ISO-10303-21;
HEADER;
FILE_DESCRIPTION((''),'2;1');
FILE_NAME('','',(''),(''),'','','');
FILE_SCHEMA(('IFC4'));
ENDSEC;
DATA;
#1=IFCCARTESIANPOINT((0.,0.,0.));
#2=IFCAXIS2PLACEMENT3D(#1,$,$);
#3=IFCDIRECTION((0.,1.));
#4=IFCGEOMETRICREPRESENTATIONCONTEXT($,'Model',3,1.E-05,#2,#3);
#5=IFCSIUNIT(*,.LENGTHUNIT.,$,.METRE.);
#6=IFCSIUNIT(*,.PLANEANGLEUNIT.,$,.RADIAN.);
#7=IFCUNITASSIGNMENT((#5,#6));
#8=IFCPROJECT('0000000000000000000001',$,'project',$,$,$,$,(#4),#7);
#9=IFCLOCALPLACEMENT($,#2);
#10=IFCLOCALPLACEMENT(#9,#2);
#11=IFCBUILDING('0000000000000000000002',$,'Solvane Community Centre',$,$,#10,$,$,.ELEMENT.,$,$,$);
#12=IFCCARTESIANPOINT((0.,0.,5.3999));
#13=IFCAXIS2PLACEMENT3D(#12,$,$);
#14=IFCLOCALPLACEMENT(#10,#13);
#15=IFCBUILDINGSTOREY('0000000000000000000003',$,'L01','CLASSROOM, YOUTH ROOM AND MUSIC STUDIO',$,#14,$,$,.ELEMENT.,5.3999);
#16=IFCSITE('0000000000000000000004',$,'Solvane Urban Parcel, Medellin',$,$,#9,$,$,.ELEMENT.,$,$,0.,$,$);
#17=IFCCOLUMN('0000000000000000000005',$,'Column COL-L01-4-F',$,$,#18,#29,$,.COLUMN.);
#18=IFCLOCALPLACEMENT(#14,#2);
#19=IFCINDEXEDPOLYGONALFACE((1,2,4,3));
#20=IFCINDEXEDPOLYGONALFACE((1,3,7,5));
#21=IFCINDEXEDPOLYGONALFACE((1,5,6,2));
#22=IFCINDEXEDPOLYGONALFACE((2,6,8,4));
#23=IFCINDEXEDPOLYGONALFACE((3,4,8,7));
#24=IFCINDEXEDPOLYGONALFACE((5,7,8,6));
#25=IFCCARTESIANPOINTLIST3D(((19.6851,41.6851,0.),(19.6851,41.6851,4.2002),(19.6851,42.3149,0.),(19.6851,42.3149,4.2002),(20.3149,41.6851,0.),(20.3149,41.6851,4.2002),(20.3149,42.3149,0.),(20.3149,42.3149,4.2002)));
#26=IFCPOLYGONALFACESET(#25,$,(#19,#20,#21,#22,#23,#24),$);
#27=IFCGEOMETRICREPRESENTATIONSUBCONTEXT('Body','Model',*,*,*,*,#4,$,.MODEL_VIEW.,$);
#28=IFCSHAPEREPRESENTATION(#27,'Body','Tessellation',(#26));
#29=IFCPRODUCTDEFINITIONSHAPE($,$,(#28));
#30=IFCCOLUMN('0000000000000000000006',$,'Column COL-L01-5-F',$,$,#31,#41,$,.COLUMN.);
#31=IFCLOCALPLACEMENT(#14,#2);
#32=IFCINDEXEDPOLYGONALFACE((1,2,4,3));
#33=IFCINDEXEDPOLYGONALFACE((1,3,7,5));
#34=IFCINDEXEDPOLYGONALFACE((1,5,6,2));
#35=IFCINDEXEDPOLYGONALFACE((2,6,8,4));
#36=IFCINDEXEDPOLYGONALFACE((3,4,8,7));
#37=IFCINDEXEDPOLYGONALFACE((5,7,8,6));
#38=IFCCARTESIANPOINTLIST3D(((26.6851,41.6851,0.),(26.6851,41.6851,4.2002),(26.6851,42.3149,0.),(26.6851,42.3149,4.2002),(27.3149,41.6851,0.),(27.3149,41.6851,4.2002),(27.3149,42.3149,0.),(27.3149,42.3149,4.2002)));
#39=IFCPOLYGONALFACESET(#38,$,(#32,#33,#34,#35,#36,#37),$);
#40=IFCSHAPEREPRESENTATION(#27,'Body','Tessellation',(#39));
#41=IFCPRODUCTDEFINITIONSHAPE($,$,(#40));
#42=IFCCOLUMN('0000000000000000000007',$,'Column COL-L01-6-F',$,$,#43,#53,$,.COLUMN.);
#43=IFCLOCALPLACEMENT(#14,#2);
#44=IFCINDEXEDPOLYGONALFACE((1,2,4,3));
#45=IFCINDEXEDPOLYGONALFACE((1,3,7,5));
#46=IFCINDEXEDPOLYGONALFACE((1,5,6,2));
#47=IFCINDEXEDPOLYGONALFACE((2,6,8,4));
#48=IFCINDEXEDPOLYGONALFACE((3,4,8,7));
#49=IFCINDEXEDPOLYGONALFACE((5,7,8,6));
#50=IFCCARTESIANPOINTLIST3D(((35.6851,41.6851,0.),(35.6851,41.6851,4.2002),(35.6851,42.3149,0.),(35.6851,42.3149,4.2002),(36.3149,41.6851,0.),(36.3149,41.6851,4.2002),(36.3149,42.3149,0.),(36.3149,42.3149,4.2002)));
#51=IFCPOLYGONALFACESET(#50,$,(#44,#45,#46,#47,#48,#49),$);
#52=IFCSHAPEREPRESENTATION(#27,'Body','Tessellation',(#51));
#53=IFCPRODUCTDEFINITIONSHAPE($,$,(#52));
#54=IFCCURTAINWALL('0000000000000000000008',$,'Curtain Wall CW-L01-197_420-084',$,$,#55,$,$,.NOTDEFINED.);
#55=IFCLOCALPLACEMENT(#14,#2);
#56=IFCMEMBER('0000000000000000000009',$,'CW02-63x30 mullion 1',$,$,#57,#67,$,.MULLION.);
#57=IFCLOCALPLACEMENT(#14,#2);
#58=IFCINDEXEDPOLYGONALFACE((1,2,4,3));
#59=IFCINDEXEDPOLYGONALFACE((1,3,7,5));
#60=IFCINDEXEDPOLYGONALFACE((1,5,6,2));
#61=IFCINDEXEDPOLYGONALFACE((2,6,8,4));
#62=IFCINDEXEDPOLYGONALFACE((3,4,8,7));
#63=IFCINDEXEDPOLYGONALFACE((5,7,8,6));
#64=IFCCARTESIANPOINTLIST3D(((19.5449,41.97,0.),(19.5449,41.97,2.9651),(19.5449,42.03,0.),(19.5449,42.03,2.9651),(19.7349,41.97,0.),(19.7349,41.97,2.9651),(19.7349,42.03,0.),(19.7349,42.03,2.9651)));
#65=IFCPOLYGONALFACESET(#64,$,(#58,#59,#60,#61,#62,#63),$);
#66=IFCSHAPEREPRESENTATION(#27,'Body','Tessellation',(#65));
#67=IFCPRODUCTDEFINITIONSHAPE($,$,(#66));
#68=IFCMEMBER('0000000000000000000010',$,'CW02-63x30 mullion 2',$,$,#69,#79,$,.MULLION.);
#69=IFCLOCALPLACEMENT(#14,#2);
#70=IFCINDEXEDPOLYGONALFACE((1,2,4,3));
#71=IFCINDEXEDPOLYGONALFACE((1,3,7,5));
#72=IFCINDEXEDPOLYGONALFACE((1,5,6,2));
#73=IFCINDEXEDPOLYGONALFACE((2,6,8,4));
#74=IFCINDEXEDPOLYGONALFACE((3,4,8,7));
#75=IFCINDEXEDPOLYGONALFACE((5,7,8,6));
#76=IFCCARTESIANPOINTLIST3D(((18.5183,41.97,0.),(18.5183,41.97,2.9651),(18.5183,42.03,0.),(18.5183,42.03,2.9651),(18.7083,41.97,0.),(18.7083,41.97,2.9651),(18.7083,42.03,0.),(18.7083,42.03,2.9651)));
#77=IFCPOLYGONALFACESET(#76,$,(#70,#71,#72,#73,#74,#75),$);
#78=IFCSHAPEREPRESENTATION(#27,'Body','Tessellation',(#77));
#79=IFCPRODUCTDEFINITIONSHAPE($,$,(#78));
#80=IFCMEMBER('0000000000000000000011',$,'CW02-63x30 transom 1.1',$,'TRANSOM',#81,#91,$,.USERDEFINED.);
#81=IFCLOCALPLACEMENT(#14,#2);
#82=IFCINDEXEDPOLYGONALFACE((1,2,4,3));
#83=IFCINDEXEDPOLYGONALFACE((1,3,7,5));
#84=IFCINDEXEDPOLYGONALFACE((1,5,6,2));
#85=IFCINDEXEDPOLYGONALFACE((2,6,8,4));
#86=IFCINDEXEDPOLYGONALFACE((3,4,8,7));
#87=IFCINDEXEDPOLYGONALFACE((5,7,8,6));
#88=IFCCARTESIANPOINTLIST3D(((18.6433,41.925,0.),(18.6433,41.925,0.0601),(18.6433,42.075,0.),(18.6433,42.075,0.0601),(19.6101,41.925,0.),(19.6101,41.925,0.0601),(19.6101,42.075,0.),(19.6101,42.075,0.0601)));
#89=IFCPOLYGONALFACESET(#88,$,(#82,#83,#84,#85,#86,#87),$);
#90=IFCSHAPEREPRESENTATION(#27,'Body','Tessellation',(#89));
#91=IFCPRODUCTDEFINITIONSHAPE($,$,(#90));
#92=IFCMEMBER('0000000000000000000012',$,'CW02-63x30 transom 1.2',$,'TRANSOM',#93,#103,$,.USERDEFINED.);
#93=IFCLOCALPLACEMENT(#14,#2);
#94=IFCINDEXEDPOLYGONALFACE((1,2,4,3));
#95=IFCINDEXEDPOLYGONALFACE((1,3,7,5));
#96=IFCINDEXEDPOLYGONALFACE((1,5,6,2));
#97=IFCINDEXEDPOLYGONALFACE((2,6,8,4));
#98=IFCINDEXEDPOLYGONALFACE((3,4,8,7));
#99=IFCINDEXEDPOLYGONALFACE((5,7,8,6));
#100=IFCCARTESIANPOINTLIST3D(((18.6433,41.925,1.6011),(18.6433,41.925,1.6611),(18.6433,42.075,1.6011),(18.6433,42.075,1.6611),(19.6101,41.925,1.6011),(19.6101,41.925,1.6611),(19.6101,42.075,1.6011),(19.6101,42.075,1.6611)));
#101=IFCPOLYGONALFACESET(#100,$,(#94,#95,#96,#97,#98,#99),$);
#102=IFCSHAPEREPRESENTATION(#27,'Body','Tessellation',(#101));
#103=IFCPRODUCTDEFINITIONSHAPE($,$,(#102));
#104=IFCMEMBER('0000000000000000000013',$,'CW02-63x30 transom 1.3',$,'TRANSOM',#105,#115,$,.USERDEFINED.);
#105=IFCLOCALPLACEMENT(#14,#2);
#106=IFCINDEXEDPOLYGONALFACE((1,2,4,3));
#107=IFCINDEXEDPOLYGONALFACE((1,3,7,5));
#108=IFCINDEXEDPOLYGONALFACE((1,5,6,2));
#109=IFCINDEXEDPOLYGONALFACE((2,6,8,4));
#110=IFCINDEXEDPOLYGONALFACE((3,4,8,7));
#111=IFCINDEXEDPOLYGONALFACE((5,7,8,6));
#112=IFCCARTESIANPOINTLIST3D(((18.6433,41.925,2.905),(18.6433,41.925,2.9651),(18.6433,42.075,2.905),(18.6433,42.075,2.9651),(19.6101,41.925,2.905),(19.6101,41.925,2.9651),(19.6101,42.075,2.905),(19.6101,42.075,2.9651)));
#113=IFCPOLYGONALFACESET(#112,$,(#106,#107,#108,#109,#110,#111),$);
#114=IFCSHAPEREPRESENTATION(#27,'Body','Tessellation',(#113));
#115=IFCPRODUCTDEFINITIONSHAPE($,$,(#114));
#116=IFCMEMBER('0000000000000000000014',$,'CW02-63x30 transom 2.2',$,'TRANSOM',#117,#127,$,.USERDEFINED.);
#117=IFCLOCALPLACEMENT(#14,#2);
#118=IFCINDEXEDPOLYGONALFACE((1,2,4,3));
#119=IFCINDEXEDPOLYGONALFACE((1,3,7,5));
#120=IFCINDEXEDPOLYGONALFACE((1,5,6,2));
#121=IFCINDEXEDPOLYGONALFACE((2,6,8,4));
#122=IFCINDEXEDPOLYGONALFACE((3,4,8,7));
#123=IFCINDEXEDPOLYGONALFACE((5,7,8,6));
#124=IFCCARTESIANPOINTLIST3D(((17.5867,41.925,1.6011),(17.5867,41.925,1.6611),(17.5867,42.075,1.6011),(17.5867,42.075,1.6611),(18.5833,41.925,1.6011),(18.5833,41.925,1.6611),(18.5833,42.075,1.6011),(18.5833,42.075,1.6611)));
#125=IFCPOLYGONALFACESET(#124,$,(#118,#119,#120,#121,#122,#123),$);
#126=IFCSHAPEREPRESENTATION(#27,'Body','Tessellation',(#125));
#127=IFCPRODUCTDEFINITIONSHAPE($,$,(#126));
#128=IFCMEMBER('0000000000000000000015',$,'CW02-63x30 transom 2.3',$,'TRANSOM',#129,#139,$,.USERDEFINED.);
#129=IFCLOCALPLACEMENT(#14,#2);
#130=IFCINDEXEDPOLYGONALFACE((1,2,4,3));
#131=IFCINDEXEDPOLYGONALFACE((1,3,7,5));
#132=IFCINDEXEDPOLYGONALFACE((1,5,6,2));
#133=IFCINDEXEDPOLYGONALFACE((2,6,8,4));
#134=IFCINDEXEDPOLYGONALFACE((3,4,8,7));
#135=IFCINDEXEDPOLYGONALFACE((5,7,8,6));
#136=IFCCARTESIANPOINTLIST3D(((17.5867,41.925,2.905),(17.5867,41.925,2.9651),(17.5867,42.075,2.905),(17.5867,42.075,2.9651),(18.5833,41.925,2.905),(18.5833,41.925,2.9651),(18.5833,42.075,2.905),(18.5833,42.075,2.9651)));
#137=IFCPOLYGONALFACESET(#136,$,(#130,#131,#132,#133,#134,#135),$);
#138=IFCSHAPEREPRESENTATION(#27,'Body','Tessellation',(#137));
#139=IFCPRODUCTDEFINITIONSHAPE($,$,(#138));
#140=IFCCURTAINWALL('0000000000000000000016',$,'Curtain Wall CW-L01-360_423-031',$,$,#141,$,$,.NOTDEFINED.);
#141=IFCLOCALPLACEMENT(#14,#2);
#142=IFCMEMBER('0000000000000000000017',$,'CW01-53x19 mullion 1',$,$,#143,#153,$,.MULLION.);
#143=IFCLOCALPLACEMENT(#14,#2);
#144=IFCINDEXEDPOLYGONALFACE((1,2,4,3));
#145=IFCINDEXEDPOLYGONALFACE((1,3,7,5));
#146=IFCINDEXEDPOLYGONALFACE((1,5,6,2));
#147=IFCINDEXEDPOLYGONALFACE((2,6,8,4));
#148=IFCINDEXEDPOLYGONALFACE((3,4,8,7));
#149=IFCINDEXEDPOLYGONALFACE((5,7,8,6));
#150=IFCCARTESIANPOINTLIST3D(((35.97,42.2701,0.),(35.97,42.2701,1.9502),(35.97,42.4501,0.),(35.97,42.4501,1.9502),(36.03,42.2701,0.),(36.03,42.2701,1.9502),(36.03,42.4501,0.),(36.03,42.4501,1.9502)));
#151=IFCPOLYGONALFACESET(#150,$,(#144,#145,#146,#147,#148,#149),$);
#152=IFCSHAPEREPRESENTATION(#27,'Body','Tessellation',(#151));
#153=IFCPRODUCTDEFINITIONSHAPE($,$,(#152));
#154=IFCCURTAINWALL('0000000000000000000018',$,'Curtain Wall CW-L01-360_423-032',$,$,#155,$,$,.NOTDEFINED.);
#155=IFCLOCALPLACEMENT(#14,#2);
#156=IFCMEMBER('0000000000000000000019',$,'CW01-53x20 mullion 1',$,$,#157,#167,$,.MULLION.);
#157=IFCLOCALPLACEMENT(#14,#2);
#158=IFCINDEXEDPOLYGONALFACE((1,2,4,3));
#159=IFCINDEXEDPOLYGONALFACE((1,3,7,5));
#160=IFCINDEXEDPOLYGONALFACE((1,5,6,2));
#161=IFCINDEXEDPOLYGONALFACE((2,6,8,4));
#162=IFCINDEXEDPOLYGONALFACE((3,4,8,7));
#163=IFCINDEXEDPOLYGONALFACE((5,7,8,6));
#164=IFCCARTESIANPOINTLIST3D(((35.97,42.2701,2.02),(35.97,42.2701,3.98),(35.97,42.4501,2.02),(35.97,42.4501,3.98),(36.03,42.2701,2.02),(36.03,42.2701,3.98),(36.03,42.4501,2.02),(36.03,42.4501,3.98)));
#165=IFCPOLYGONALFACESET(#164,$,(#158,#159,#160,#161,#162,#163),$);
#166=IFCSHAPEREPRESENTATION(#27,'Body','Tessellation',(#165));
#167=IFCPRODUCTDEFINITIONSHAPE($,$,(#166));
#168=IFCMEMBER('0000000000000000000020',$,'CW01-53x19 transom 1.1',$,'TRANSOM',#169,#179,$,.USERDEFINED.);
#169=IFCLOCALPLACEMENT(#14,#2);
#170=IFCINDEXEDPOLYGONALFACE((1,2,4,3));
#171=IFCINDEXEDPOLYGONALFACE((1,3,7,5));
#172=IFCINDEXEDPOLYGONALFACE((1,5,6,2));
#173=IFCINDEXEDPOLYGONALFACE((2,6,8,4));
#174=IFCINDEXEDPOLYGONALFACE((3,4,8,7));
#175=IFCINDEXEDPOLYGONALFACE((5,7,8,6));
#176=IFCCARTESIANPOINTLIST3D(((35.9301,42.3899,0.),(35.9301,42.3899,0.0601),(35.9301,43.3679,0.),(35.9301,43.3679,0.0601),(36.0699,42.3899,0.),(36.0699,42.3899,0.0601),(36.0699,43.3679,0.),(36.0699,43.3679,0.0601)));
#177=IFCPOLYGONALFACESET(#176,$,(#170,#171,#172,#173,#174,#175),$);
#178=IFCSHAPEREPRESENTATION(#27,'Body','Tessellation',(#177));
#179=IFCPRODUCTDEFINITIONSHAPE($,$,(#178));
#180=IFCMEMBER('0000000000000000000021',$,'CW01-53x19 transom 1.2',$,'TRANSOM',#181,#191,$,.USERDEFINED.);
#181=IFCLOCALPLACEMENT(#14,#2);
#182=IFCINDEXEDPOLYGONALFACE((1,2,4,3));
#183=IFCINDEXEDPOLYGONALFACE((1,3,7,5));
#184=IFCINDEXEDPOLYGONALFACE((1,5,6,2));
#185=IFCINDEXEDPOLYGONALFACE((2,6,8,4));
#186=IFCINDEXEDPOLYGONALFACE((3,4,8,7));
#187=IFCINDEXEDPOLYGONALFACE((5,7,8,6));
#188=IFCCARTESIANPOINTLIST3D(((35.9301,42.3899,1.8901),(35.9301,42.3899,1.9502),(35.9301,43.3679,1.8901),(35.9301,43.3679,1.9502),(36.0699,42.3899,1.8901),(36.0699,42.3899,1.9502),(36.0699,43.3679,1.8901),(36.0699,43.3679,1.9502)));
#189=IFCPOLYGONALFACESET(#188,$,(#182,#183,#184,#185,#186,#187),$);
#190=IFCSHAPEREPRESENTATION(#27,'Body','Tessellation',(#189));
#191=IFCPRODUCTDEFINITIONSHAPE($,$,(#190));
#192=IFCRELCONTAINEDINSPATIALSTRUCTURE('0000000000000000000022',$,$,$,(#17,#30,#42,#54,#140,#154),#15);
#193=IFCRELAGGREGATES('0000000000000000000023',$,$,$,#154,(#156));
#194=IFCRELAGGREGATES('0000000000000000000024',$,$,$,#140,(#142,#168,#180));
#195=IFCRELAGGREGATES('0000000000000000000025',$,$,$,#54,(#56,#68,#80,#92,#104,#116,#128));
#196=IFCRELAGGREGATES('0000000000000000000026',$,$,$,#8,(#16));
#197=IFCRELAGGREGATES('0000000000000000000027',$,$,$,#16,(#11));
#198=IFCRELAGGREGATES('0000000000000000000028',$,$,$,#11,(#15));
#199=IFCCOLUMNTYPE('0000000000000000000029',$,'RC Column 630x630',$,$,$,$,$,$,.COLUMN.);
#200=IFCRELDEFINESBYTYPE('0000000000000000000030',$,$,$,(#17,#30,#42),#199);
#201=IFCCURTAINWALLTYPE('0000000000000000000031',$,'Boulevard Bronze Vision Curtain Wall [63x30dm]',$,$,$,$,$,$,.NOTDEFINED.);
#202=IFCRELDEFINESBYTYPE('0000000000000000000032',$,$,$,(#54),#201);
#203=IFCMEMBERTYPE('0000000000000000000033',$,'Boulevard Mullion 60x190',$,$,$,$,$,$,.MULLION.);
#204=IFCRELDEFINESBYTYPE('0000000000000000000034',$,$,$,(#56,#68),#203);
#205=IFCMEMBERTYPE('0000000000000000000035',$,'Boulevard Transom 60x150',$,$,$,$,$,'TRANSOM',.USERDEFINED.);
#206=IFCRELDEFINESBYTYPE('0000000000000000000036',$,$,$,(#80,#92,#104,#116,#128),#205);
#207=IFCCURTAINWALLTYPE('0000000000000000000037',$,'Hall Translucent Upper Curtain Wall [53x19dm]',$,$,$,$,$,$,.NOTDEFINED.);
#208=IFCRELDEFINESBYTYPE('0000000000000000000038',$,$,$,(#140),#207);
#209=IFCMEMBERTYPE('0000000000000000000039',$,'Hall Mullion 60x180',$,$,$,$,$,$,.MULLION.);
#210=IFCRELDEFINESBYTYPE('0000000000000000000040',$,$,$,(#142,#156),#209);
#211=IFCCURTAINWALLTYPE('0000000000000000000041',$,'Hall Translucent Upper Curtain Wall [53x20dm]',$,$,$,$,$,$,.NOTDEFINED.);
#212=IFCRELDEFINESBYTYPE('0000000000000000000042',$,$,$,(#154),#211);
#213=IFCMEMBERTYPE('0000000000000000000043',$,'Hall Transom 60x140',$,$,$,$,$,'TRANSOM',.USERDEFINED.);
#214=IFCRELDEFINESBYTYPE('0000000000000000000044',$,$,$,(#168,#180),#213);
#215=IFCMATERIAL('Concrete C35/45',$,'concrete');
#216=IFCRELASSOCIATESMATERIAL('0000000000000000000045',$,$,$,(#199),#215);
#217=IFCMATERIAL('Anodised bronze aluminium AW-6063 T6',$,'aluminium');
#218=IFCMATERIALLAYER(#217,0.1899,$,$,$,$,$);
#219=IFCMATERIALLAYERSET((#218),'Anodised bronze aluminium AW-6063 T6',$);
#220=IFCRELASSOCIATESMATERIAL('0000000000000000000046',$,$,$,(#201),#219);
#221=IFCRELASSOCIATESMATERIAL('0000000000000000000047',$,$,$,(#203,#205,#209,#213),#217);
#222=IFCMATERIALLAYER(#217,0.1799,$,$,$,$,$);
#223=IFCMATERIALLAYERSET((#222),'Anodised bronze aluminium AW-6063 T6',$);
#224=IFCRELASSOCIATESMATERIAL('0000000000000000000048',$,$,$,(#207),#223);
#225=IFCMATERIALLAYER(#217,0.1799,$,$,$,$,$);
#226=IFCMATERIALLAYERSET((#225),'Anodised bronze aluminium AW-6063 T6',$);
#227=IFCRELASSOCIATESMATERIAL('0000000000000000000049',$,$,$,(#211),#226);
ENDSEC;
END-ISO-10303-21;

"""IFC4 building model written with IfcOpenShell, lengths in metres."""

from ifc_helpers import new_model, si_unit, direction, frame, origin, origin_2d, place, context, subcontext, project, spatial, rectangle, extrude, material, layer, layer_set, material_profile, profile_set, type_object, element, aggregate, save


model = new_model("IFC4")

# Units and contexts
model_context = context("Model", 3, precision=1e-05, world=origin(), true_north=direction((0.0, 1.0)))
body_context = subcontext(model_context, "Body", "Model", "MODEL_VIEW")
ifc_project = project(units=[si_unit("LENGTHUNIT", "METRE"), si_unit("PLANEANGLEUNIT", "RADIAN")], contexts=[model_context])

# Site, building, storey
site_placement = place(None, origin())
site = spatial("IfcSite", under=ifc_project, at=site_placement, Name="Solvane Urban Parcel, Medellin", CompositionType="ELEMENT", RefElevation=0.0)
building_placement = place(site_placement, origin())
building = spatial("IfcBuilding", under=site, at=building_placement, Name="Solvane Community Centre", CompositionType="ELEMENT")
storey_placement = place(building_placement, frame((0.0, 0.0, 5.3999)))
storey = spatial("IfcBuildingStorey", under=building, at=storey_placement, Name="L01", Description="CLASSROOM, YOUTH ROOM AND MUSIC STUDIO", CompositionType="ELEMENT", Elevation=5.3999)

# Columns
ifc_material_1 = material(Name="Concrete C35/45", Category="concrete")
ifc_material_profile_1 = material_profile(ifc_material_1, rectangle(XDim=0.6299, YDim=0.6299, at=origin_2d()), Name="RC 630x630")
ifc_profile_set_1 = profile_set([ifc_material_profile_1], Name="Concrete C35/45")
column_type = type_object("IfcColumnType", Name="RC Column 630x630", PredefinedType="COLUMN", material=ifc_profile_set_1)
for number, where, z_axis, x_axis, name in (
    (1, (20.0, 42.0, 0.0), (0.0, 0.0, 1.0), (1.0, 0.0, 0.0), "Column COL-L01-4-F"),
    (2, (27.0, 42.0, 0.0), (0.0, 0.0, 1.0), (1.0, 0.0, 0.0), "Column COL-L01-5-F"),
    (3, (36.0, 42.0, 0.0), (0.0, 0.0, 1.0), (1.0, 0.0, 0.0), "Column COL-L01-6-F"),
):
    element("IfcColumn", number, at=place(storey_placement, frame(where, z_axis=z_axis, x_axis=x_axis)), inside=storey, type_object=column_type, Name=name, PredefinedType="COLUMN", context=body_context, shape_type="SweptSolid", body=[
        extrude(rectangle(XDim=0.6299, YDim=0.6299, at=origin_2d()), origin(), (0.0, 0.0, 1.0), 4.2002),
    ])

# Curtain wall, members
ifc_material_2 = material(Name="Anodised bronze aluminium AW-6063 T6", Category="aluminium")
ifc_layer_1 = layer(ifc_material_2, 0.1899)
ifc_layer_set_1 = layer_set([ifc_layer_1], Name="Anodised bronze aluminium AW-6063 T6")
curtain_wall_type_1 = type_object("IfcCurtainWallType", Name="Boulevard Bronze Vision Curtain Wall [63x30dm]", PredefinedType="NOTDEFINED", material=ifc_layer_set_1)
curtain_wall_1_placement = place(storey_placement, origin())
curtain_wall_1 = element("IfcCurtainWall", 4, at=curtain_wall_1_placement, inside=storey, type_object=curtain_wall_type_1, Name="Curtain Wall CW-L01-197_420-084", PredefinedType="NOTDEFINED")
ifc_material_profile_2 = material_profile(ifc_material_2, rectangle(XDim=0.0601, YDim=0.1899, at=origin_2d()), Name="CW-M 60x190")
ifc_profile_set_2 = profile_set([ifc_material_profile_2], Name="Anodised bronze aluminium AW-6063 T6")
member_type_1 = type_object("IfcMemberType", Name="Boulevard Mullion 60x190", PredefinedType="MULLION", material=ifc_profile_set_2)
member_1_placement = place(storey_placement, frame((19.6399, 42.0, 0.0), z_axis=(0.0, 0.0, 1.0), x_axis=(0.0, -1.0, 0.0)))
member_1 = element("IfcMember", 5, at=member_1_placement, type_object=member_type_1, Name="CW02-63x30 mullion 1", PredefinedType="MULLION", context=body_context, shape_type="SweptSolid", body=[
    extrude(rectangle(XDim=0.0601, YDim=0.1899, at=origin_2d()), origin(), (0.0, 0.0, 1.0), 2.9651),
])
member_2_placement = place(storey_placement, frame((18.6133, 42.0, 0.0), z_axis=(0.0, 0.0, 1.0), x_axis=(0.0, -1.0, 0.0)))
member_2 = element("IfcMember", 6, at=member_2_placement, type_object=member_type_1, Name="CW02-63x30 mullion 2", PredefinedType="MULLION", context=body_context, shape_type="SweptSolid", body=[
    extrude(rectangle(XDim=0.0601, YDim=0.1899, at=origin_2d()), origin(), (0.0, 0.0, 1.0), 2.9651),
])
ifc_material_profile_3 = material_profile(ifc_material_2, rectangle(XDim=0.1499, YDim=0.0601, at=origin_2d()), Name="CW-T 60x150")
ifc_profile_set_3 = profile_set([ifc_material_profile_3], Name="Anodised bronze aluminium AW-6063 T6")
member_type_2 = type_object("IfcMemberType", Name="Boulevard Transom 60x150", ElementType="TRANSOM", PredefinedType="USERDEFINED", material=ifc_profile_set_3)
member_3_placement = place(storey_placement, frame((19.6101, 42.0, 0.03), z_axis=(-1.0, 0.0, 0.0), x_axis=(0.0, -1.0, 0.0)))
member_3 = element("IfcMember", 7, at=member_3_placement, type_object=member_type_2, Name="CW02-63x30 transom 1.1", ObjectType="TRANSOM", PredefinedType="USERDEFINED", context=body_context, shape_type="SweptSolid", body=[
    extrude(rectangle(XDim=0.1499, YDim=0.0601, at=origin_2d()), origin(), (0.0, 0.0, 1.0), 0.9668),
])
member_4_placement = place(storey_placement, frame((19.6101, 42.0, 1.6311), z_axis=(-1.0, 0.0, 0.0), x_axis=(0.0, -1.0, 0.0)))
member_4 = element("IfcMember", 8, at=member_4_placement, type_object=member_type_2, Name="CW02-63x30 transom 1.2", ObjectType="TRANSOM", PredefinedType="USERDEFINED", context=body_context, shape_type="SweptSolid", body=[
    extrude(rectangle(XDim=0.1499, YDim=0.0601, at=origin_2d()), origin(), (0.0, 0.0, 1.0), 0.9668),
])
member_5_placement = place(storey_placement, frame((19.6101, 42.0, 2.9351), z_axis=(-1.0, 0.0, 0.0), x_axis=(0.0, -1.0, 0.0)))
member_5 = element("IfcMember", 9, at=member_5_placement, type_object=member_type_2, Name="CW02-63x30 transom 1.3", ObjectType="TRANSOM", PredefinedType="USERDEFINED", context=body_context, shape_type="SweptSolid", body=[
    extrude(rectangle(XDim=0.1499, YDim=0.0601, at=origin_2d()), origin(), (0.0, 0.0, 1.0), 0.9668),
])
member_6_placement = place(storey_placement, frame((18.5833, 42.0, 1.6311), z_axis=(-1.0, 0.0, 0.0), x_axis=(0.0, -1.0, 0.0)))
member_6 = element("IfcMember", 10, at=member_6_placement, type_object=member_type_2, Name="CW02-63x30 transom 2.2", ObjectType="TRANSOM", PredefinedType="USERDEFINED", context=body_context, shape_type="SweptSolid", body=[
    extrude(rectangle(XDim=0.1499, YDim=0.0601, at=origin_2d()), origin(), (0.0, 0.0, 1.0), 0.9966),
])
member_7_placement = place(storey_placement, frame((18.5833, 42.0, 2.9351), z_axis=(-1.0, 0.0, 0.0), x_axis=(0.0, -1.0, 0.0)))
member_7 = element("IfcMember", 11, at=member_7_placement, type_object=member_type_2, Name="CW02-63x30 transom 2.3", ObjectType="TRANSOM", PredefinedType="USERDEFINED", context=body_context, shape_type="SweptSolid", body=[
    extrude(rectangle(XDim=0.1499, YDim=0.0601, at=origin_2d()), origin(), (0.0, 0.0, 1.0), 0.9966),
])

# Curtain walls, members
ifc_layer_2 = layer(ifc_material_2, 0.1799)
ifc_layer_set_2 = layer_set([ifc_layer_2], Name="Anodised bronze aluminium AW-6063 T6")
curtain_wall_type_2 = type_object("IfcCurtainWallType", Name="Hall Translucent Upper Curtain Wall [53x19dm]", PredefinedType="NOTDEFINED", material=ifc_layer_set_2)
curtain_wall_2_placement = place(storey_placement, origin())
curtain_wall_2 = element("IfcCurtainWall", 12, at=curtain_wall_2_placement, inside=storey, type_object=curtain_wall_type_2, Name="Curtain Wall CW-L01-360_423-031", PredefinedType="NOTDEFINED")
ifc_material_profile_4 = material_profile(ifc_material_2, rectangle(XDim=0.0601, YDim=0.1799, at=origin_2d()), Name="CW-M 60x180")
ifc_profile_set_4 = profile_set([ifc_material_profile_4], Name="Anodised bronze aluminium AW-6063 T6")
member_type_3 = type_object("IfcMemberType", Name="Hall Mullion 60x180", PredefinedType="MULLION", material=ifc_profile_set_4)
member_8_placement = place(storey_placement, frame((36.0, 42.3601, 0.0), z_axis=(0.0, 0.0, 1.0), x_axis=(-1.0, 0.0, 0.0)))
member_8 = element("IfcMember", 13, at=member_8_placement, type_object=member_type_3, Name="CW01-53x19 mullion 1", PredefinedType="MULLION", context=body_context, shape_type="SweptSolid", body=[
    extrude(rectangle(XDim=0.0601, YDim=0.1799, at=origin_2d()), origin(), (0.0, 0.0, 1.0), 1.9502),
])
ifc_layer_3 = layer(ifc_material_2, 0.1799)
ifc_layer_set_3 = layer_set([ifc_layer_3], Name="Anodised bronze aluminium AW-6063 T6")
curtain_wall_type_3 = type_object("IfcCurtainWallType", Name="Hall Translucent Upper Curtain Wall [53x20dm]", PredefinedType="NOTDEFINED", material=ifc_layer_set_3)
curtain_wall_3_placement = place(storey_placement, origin())
curtain_wall_3 = element("IfcCurtainWall", 14, at=curtain_wall_3_placement, inside=storey, type_object=curtain_wall_type_3, Name="Curtain Wall CW-L01-360_423-032", PredefinedType="NOTDEFINED")
member_9_placement = place(storey_placement, frame((36.0, 42.3601, 2.02), z_axis=(0.0, 0.0, 1.0), x_axis=(-1.0, 0.0, 0.0)))
member_9 = element("IfcMember", 15, at=member_9_placement, type_object=member_type_3, Name="CW01-53x20 mullion 1", PredefinedType="MULLION", context=body_context, shape_type="SweptSolid", body=[
    extrude(rectangle(XDim=0.0601, YDim=0.1799, at=origin_2d()), origin(), (0.0, 0.0, 1.0), 1.96),
])
aggregate(curtain_wall_3, [member_9])

# Members
ifc_material_profile_5 = material_profile(ifc_material_2, rectangle(XDim=0.1399, YDim=0.0601, at=origin_2d()), Name="CW-T 60x140")
ifc_profile_set_5 = profile_set([ifc_material_profile_5], Name="Anodised bronze aluminium AW-6063 T6")
member_type_4 = type_object("IfcMemberType", Name="Hall Transom 60x140", ElementType="TRANSOM", PredefinedType="USERDEFINED", material=ifc_profile_set_5)
member_10_placement = place(storey_placement, frame((36.0, 42.3899, 0.03), z_axis=(0.0, 1.0, 0.0), x_axis=(-1.0, 0.0, 0.0)))
member_10 = element("IfcMember", 16, at=member_10_placement, type_object=member_type_4, Name="CW01-53x19 transom 1.1", ObjectType="TRANSOM", PredefinedType="USERDEFINED", context=body_context, shape_type="SweptSolid", body=[
    extrude(rectangle(XDim=0.1399, YDim=0.0601, at=origin_2d()), origin(), (0.0, 0.0, 1.0), 0.978),
])
member_11_placement = place(storey_placement, frame((36.0, 42.3899, 1.9202), z_axis=(0.0, 1.0, 0.0), x_axis=(-1.0, 0.0, 0.0)))
member_11 = element("IfcMember", 17, at=member_11_placement, type_object=member_type_4, Name="CW01-53x19 transom 1.2", ObjectType="TRANSOM", PredefinedType="USERDEFINED", context=body_context, shape_type="SweptSolid", body=[
    extrude(rectangle(XDim=0.1399, YDim=0.0601, at=origin_2d()), origin(), (0.0, 0.0, 1.0), 0.978),
])
aggregate(curtain_wall_2, [member_8, member_10, member_11])

aggregate(curtain_wall_1, [member_1, member_2, member_3, member_4, member_5, member_6, member_7])

save(model, "model.ifc")
